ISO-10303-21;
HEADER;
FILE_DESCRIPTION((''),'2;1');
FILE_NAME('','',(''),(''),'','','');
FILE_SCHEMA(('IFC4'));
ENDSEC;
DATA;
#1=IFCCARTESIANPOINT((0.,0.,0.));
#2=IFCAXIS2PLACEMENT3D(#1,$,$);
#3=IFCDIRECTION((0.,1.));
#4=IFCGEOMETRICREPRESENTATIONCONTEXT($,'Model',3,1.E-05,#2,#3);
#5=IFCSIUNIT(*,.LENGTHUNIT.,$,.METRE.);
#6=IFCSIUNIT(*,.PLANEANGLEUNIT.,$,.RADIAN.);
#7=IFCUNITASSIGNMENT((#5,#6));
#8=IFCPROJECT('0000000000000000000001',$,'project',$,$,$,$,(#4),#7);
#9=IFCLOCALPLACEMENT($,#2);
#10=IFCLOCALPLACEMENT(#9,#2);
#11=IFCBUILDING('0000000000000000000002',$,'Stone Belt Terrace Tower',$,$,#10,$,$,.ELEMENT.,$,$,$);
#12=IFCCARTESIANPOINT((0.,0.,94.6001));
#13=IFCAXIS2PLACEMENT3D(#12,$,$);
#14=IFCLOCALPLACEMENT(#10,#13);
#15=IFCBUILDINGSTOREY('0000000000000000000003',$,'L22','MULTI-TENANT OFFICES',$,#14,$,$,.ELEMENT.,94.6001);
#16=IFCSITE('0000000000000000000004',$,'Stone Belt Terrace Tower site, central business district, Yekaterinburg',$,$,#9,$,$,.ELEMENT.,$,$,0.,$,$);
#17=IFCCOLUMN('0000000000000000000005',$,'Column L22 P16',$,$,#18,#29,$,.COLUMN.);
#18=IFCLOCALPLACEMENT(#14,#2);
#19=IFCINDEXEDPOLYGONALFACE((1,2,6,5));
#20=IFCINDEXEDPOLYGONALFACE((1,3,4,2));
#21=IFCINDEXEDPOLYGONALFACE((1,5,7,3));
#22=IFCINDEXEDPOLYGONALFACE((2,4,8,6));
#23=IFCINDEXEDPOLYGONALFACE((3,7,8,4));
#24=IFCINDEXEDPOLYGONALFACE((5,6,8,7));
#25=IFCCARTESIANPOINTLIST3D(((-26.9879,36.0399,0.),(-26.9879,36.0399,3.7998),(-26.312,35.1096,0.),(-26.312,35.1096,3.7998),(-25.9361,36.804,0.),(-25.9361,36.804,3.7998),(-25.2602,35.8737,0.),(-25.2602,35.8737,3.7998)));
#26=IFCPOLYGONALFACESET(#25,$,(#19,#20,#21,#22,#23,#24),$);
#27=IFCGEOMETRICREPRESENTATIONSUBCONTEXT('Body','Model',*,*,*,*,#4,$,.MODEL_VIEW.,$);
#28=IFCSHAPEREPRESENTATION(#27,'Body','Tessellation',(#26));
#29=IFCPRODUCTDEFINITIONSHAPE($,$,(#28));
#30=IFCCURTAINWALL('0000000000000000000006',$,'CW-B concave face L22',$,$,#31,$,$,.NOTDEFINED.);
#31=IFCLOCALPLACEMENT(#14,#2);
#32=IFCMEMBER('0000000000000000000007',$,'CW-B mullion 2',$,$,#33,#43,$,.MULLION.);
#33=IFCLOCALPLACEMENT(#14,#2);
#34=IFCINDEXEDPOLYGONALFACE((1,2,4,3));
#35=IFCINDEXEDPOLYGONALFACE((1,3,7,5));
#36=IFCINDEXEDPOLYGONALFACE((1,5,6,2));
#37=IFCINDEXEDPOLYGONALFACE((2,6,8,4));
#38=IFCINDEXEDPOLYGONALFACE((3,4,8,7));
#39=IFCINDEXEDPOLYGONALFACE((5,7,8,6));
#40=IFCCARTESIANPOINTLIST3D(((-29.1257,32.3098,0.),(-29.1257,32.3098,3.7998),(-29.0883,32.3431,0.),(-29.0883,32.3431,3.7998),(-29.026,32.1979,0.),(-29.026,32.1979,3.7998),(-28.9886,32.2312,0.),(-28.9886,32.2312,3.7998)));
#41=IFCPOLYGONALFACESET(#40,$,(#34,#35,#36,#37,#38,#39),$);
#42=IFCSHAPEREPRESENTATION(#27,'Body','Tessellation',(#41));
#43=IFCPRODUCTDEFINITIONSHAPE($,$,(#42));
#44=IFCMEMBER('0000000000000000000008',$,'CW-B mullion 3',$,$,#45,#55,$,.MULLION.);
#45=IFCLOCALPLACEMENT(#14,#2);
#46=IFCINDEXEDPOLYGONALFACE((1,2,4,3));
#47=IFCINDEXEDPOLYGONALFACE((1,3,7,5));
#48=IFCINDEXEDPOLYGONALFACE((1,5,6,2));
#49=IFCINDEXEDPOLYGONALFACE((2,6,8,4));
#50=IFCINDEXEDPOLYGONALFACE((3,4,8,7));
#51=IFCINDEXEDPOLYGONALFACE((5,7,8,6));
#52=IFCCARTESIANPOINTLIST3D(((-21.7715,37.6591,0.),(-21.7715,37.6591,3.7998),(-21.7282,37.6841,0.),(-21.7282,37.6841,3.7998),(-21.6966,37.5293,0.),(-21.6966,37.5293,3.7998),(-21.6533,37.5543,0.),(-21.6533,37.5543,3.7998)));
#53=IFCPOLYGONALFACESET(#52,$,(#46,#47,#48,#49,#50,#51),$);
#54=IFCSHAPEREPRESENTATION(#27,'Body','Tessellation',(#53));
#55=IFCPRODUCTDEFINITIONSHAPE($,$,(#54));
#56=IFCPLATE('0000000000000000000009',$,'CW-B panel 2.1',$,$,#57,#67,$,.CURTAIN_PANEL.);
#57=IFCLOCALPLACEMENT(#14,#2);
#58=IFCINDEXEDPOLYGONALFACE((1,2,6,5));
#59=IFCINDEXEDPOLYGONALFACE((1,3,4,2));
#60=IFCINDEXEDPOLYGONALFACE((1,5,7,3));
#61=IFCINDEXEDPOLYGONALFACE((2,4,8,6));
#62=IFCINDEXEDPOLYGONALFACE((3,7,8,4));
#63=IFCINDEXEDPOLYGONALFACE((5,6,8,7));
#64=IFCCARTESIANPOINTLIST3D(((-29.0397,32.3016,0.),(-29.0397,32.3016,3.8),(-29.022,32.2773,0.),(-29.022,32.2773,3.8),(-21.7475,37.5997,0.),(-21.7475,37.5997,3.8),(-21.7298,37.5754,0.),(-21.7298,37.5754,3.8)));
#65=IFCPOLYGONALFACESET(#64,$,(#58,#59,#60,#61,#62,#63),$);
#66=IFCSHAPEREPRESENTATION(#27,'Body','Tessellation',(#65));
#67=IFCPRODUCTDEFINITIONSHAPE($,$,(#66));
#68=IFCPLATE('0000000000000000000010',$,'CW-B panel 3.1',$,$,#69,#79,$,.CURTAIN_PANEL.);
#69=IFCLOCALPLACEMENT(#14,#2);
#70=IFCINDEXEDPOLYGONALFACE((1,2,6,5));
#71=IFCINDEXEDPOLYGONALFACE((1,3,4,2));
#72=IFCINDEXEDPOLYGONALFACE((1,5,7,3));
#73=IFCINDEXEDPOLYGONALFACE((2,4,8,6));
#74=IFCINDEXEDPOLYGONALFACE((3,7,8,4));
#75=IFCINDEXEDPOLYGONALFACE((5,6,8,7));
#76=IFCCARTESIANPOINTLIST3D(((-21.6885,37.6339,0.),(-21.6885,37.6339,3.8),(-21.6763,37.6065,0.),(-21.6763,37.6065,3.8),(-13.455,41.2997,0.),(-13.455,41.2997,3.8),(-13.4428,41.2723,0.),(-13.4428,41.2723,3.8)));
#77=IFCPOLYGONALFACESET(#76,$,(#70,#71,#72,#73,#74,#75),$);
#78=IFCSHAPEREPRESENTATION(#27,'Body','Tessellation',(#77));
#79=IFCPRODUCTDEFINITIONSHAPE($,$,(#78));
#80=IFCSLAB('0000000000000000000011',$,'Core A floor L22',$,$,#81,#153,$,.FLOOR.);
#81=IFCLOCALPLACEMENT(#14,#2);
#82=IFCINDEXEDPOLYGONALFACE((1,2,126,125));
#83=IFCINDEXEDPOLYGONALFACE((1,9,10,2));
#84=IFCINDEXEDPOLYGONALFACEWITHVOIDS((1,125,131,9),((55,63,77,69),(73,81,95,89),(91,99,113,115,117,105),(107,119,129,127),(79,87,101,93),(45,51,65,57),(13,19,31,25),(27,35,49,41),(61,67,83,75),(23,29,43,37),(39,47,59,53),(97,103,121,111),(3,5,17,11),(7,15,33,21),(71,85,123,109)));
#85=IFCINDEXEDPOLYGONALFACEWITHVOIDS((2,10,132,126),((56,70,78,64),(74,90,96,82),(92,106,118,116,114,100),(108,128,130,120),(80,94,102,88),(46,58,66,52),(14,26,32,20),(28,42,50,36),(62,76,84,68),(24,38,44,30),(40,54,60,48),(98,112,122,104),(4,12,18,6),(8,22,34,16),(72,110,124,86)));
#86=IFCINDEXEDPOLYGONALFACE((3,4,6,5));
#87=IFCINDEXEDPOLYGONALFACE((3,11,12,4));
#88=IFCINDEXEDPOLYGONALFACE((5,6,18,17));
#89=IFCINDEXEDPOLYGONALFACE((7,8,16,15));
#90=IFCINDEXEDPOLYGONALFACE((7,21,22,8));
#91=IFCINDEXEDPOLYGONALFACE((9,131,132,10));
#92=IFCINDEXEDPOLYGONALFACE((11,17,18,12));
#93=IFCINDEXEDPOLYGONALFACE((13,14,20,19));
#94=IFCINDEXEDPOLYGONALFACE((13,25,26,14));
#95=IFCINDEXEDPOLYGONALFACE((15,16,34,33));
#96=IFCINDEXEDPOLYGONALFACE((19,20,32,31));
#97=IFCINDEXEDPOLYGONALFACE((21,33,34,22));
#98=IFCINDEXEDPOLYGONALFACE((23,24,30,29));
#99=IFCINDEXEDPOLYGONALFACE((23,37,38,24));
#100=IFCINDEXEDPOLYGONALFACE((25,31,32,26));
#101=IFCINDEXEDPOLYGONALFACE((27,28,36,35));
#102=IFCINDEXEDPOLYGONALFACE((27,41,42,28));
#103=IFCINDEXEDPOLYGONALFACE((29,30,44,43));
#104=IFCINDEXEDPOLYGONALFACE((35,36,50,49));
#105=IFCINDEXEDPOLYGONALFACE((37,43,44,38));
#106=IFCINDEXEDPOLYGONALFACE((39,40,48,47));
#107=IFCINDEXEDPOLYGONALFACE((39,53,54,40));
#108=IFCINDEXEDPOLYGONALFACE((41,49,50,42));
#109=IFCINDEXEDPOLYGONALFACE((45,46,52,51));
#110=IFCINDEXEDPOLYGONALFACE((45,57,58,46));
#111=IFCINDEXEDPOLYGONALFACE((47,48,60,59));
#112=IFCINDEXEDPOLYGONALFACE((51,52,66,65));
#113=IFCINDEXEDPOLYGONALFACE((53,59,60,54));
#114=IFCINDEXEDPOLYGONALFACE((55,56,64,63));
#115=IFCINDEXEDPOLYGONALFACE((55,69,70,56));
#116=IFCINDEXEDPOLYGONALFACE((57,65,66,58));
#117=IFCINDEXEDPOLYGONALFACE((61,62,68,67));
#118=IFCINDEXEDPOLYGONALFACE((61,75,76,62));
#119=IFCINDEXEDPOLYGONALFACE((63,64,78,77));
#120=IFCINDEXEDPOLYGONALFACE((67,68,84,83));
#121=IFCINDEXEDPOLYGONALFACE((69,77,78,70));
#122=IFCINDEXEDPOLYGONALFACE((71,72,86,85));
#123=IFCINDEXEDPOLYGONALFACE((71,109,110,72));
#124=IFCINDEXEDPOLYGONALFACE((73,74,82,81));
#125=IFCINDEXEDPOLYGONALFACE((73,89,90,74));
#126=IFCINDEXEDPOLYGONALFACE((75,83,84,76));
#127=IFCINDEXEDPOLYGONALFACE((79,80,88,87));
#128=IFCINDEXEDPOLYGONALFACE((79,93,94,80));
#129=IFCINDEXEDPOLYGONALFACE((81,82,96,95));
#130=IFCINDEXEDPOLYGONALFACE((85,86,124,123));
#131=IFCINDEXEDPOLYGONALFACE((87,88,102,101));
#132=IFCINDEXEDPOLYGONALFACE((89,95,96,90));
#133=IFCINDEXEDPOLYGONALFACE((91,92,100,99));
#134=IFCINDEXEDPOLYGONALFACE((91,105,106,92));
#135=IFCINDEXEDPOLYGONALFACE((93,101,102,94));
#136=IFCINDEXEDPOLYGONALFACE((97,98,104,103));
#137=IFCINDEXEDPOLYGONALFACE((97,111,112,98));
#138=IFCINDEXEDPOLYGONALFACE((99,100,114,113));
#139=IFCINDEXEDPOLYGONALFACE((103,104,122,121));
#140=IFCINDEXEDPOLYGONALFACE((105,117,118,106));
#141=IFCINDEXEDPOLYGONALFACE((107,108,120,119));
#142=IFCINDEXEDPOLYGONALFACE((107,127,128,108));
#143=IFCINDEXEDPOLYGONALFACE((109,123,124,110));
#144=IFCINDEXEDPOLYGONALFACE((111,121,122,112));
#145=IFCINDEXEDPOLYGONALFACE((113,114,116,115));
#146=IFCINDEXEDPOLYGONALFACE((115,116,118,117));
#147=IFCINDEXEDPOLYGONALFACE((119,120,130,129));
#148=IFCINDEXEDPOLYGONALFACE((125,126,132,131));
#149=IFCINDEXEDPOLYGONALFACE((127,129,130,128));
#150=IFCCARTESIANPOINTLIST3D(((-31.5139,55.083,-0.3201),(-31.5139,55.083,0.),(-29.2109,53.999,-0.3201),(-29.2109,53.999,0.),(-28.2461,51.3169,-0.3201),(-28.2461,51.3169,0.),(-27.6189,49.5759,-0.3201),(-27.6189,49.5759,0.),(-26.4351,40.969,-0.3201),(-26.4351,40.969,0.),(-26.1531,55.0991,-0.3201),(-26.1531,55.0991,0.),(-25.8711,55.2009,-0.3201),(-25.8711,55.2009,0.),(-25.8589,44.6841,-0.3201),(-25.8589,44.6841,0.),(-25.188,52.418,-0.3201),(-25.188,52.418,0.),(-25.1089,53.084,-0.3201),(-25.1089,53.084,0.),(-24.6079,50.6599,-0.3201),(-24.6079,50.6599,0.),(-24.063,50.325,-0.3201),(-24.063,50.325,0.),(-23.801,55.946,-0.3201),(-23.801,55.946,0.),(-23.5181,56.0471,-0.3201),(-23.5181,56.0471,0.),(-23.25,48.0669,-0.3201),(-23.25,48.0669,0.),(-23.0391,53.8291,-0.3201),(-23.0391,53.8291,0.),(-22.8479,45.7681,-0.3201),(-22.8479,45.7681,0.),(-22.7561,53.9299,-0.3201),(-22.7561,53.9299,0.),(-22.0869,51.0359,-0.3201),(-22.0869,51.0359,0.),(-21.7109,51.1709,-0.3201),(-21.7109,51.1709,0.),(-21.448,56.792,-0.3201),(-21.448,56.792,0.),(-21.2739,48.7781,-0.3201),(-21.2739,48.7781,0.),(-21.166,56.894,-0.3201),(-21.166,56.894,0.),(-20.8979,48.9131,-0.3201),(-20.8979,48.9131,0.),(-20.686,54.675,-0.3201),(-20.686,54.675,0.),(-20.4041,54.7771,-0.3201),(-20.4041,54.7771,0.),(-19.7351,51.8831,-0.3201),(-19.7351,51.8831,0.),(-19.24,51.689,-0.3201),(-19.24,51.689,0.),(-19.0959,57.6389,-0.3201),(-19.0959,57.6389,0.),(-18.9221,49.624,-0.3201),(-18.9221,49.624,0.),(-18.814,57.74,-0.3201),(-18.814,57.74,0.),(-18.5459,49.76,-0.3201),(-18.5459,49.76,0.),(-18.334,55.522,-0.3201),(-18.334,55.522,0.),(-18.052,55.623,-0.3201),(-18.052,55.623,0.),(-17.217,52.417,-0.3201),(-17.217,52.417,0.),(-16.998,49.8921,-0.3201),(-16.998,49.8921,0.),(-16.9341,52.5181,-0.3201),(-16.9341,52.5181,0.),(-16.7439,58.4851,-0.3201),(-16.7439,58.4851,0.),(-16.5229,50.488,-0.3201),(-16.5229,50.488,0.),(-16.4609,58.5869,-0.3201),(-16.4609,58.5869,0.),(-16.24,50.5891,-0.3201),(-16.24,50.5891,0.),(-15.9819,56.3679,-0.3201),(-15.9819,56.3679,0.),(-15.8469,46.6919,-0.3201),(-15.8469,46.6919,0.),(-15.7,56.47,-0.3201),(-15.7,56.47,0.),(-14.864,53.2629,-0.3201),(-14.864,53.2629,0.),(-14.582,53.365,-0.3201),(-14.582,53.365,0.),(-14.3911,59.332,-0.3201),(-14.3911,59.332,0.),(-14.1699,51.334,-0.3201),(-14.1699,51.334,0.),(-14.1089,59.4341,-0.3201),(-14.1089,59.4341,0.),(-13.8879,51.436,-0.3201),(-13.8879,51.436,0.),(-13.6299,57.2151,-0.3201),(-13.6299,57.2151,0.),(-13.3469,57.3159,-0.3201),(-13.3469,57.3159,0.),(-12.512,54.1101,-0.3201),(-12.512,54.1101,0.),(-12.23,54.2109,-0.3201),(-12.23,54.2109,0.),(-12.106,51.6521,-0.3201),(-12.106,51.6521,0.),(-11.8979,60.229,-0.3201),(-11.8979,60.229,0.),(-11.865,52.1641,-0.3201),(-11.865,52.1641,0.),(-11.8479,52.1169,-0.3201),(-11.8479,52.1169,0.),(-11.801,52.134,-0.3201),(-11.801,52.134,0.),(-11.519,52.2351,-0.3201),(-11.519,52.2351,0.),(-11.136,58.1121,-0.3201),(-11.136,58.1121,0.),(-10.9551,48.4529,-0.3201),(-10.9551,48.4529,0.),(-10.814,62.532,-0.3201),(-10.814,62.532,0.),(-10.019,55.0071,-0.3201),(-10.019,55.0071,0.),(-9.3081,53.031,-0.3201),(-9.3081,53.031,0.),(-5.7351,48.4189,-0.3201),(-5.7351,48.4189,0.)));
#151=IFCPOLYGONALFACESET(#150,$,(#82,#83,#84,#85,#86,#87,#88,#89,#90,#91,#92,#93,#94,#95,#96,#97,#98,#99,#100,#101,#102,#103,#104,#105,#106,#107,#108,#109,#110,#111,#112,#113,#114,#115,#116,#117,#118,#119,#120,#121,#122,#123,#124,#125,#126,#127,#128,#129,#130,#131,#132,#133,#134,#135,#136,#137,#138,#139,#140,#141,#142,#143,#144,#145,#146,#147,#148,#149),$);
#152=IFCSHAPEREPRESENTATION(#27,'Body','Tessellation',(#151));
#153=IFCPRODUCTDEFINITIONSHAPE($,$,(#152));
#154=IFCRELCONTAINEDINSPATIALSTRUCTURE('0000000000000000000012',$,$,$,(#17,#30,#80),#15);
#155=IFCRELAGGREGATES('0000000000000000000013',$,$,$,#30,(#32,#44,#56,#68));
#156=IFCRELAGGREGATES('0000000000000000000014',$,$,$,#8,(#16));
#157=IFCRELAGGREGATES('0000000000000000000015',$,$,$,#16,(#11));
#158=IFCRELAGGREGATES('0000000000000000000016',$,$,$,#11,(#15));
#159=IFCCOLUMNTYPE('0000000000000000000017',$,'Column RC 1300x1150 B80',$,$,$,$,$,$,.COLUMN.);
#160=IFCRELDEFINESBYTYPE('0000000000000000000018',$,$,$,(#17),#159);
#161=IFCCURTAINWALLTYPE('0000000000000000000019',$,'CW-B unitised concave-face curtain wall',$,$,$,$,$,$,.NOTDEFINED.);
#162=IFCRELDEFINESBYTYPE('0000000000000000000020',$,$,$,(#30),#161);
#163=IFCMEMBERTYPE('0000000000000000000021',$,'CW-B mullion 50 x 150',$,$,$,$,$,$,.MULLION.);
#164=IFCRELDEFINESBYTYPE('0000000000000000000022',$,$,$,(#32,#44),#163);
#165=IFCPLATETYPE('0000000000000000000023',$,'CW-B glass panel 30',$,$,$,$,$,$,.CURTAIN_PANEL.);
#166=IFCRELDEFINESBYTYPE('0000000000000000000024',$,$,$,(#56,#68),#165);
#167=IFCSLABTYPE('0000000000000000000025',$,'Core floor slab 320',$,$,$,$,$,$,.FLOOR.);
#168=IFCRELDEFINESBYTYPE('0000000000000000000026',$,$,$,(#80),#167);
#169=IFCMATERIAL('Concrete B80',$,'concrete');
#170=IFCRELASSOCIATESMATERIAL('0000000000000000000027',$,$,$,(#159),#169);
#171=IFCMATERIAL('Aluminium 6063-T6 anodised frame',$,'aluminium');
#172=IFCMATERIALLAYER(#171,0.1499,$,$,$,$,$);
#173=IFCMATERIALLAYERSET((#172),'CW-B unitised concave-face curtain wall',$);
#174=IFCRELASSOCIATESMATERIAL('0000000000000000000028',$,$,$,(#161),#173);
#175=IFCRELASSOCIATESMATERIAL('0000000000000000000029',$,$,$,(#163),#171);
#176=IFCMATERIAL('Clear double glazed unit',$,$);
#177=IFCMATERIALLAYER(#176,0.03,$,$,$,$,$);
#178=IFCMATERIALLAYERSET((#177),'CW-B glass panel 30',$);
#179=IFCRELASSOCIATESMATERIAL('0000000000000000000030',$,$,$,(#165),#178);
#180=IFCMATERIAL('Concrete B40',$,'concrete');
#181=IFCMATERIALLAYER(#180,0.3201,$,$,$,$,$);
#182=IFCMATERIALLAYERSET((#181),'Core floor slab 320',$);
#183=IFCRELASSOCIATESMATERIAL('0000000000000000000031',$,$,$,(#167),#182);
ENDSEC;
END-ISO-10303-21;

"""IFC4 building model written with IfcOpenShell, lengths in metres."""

from ifc_helpers import new_model, si_unit, direction, frame, origin, origin_2d, place, context, subcontext, project, spatial, polyline, rectangle, outline, extrude, material, layer, layer_set, material_profile, profile_set, type_object, element, aggregate, save


model = new_model("IFC4")

# Units and contexts
model_context = context("Model", 3, precision=1e-05, world=origin(), true_north=direction((0.0, 1.0)))
body_context = subcontext(model_context, "Body", "Model", "MODEL_VIEW")
ifc_project = project(units=[si_unit("LENGTHUNIT", "METRE"), si_unit("PLANEANGLEUNIT", "RADIAN")], contexts=[model_context])

# Site, building, storey
site_placement = place(None, origin())
site = spatial("IfcSite", under=ifc_project, at=site_placement, Name="Stone Belt Terrace Tower site, central business district, Yekaterinburg", CompositionType="ELEMENT", RefElevation=0.0)
building_placement = place(site_placement, origin())
building = spatial("IfcBuilding", under=site, at=building_placement, Name="Stone Belt Terrace Tower", CompositionType="ELEMENT")
storey_placement = place(building_placement, frame((0.0, 0.0, 94.6001)))
storey = spatial("IfcBuildingStorey", under=building, at=storey_placement, Name="L22", Description="MULTI-TENANT OFFICES", CompositionType="ELEMENT", Elevation=94.6001)

# Column
ifc_material_1 = material(Name="Concrete B80", Category="concrete")
ifc_material_profile_1 = material_profile(ifc_material_1, rectangle(XDim=1.3, YDim=1.1499, at=origin_2d()), Name="RC 1300x1150")
ifc_profile_set_1 = profile_set([ifc_material_profile_1], Name="Concrete B80")
column_type = type_object("IfcColumnType", Name="Column RC 1300x1150 B80", PredefinedType="COLUMN", material=ifc_profile_set_1)
column_placement = place(storey_placement, frame((-26.124, 35.9568, 0.0), z_axis=(0.0, 0.0, 1.0), x_axis=(0.809017, 0.587785, 0.0)))
element("IfcColumn", 1, at=column_placement, inside=storey, type_object=column_type, Name="Column L22 P16", PredefinedType="COLUMN", context=body_context, shape_type="SweptSolid", body=[
    extrude(rectangle(XDim=1.3, YDim=1.1499, at=origin_2d()), origin(), (0.0, 0.0, 1.0), 3.7998),
])

# Curtain wall, members, plates
ifc_material_2 = material(Name="Aluminium 6063-T6 anodised frame", Category="aluminium")
ifc_layer_1 = layer(ifc_material_2, 0.1499)
ifc_layer_set_1 = layer_set([ifc_layer_1], Name="CW-B unitised concave-face curtain wall")
curtain_wall_type = type_object("IfcCurtainWallType", Name="CW-B unitised concave-face curtain wall", PredefinedType="NOTDEFINED", material=ifc_layer_set_1)
curtain_wall_placement = place(storey_placement, origin())
curtain_wall = element("IfcCurtainWall", 2, at=curtain_wall_placement, inside=storey, type_object=curtain_wall_type, Name="CW-B concave face L22", PredefinedType="NOTDEFINED")
ifc_material_profile_2 = material_profile(ifc_material_2, rectangle(XDim=0.1499, YDim=0.05, at=origin_2d()), Name="Aluminium 6063-T6 50x150")
ifc_profile_set_2 = profile_set([ifc_material_profile_2], Name="Aluminium 6063-T6 anodised frame")
member_type = type_object("IfcMemberType", Name="CW-B mullion 50 x 150", PredefinedType="MULLION", material=ifc_profile_set_2)
member_1_placement = place(storey_placement, frame((-29.0571, 32.2705, 0.0), z_axis=(0.0, 0.0, 1.0), x_axis=(-0.664944, 0.746893, 0.0)))
member_1 = element("IfcMember", 3, at=member_1_placement, type_object=member_type, Name="CW-B mullion 2", PredefinedType="MULLION", context=body_context, shape_type="SweptSolid", body=[
    extrude(rectangle(XDim=0.1499, YDim=0.05, at=origin_2d()), origin(), (0.0, 0.0, 1.0), 3.7998),
])
member_2_placement = place(storey_placement, frame((-21.7124, 37.6067, 0.0), z_axis=(0.0, 0.0, 1.0), x_axis=(-0.5, 0.866025, 0.0)))
member_2 = element("IfcMember", 4, at=member_2_placement, type_object=member_type, Name="CW-B mullion 3", PredefinedType="MULLION", context=body_context, shape_type="SweptSolid", body=[
    extrude(rectangle(XDim=0.1499, YDim=0.05, at=origin_2d()), origin(), (0.0, 0.0, 1.0), 3.7998),
])
ifc_material_3 = material(Name="Clear double glazed unit")
ifc_layer_2 = layer(ifc_material_3, 0.03)
ifc_layer_set_2 = layer_set([ifc_layer_2], Name="CW-B glass panel 30")
plate_type = type_object("IfcPlateType", Name="CW-B glass panel 30", PredefinedType="CURTAIN_PANEL", material=ifc_layer_set_2)
plate_1_placement = place(storey_placement, frame((-25.3848, 34.9385, 0.0), z_axis=(0.0, 0.0, 1.0), x_axis=(0.809017, 0.587785, 0.0)))
plate_1 = element("IfcPlate", 5, at=plate_1_placement, type_object=plate_type, Name="CW-B panel 2.1", PredefinedType="CURTAIN_PANEL", context=body_context, shape_type="SweptSolid", body=[
    extrude(rectangle(XDim=9.0137, YDim=0.03, at=origin_2d()), origin(), (0.0, 0.0, 1.0), 3.8),
])
plate_2_placement = place(storey_placement, frame((-17.5657, 39.4531, 0.0), z_axis=(0.0, 0.0, 1.0), x_axis=(0.913545, 0.406737, 0.0)))
plate_2 = element("IfcPlate", 6, at=plate_2_placement, type_object=plate_type, Name="CW-B panel 3.1", PredefinedType="CURTAIN_PANEL", context=body_context, shape_type="SweptSolid", body=[
    extrude(rectangle(XDim=9.0127, YDim=0.03, at=origin_2d()), origin(), (0.0, 0.0, 1.0), 3.8),
])
aggregate(curtain_wall, [member_1, member_2, plate_1, plate_2])

# Slab
ifc_material_4 = material(Name="Concrete B40", Category="concrete")
ifc_layer_3 = layer(ifc_material_4, 0.3201)
ifc_layer_set_3 = layer_set([ifc_layer_3], Name="Core floor slab 320")
slab_type_1 = type_object("IfcSlabType", Name="Core floor slab 320", PredefinedType="FLOOR", material=ifc_layer_set_3)
slab_1_placement = place(storey_placement, frame((0.0, 0.0, -0.3201)))
element("IfcSlab", 7, at=slab_1_placement, inside=storey, type_object=slab_type_1, Name="Core A floor L22", PredefinedType="FLOOR", context=body_context, shape_type="SweptSolid", body=[
    extrude(outline(polyline([(-26.4351, 40.969), (-5.7351, 48.4189), (-10.814, 62.532), (-31.5139, 55.083), (-26.4351, 40.969)]), holes=[polyline([(-24.6079, 50.6599), (-22.8479, 45.7681), (-25.8589, 44.6841), (-27.6189, 49.5759), (-24.6079, 50.6599)]), polyline([(-21.2739, 48.7781), (-23.25, 48.0669), (-24.063, 50.325), (-22.0869, 51.0359), (-21.2739, 48.7781)]), polyline([(-18.9221, 49.624), (-20.8979, 48.9131), (-21.7109, 51.1709), (-19.7351, 51.8831), (-18.9221, 49.624)]), polyline([(-19.24, 51.689), (-17.217, 52.417), (-16.5229, 50.488), (-18.5459, 49.76), (-19.24, 51.689)]), polyline([(-29.2109, 53.999), (-26.1531, 55.0991), (-25.188, 52.418), (-28.2461, 51.3169), (-29.2109, 53.999)]), polyline([(-23.801, 55.946), (-23.0391, 53.8291), (-25.1089, 53.084), (-25.8711, 55.2009), (-23.801, 55.946)]), polyline([(-21.448, 56.792), (-20.686, 54.675), (-22.7561, 53.9299), (-23.5181, 56.0471), (-21.448, 56.792)]), polyline([(-19.0959, 57.6389), (-18.334, 55.522), (-20.4041, 54.7771), (-21.166, 56.894), (-19.0959, 57.6389)]), polyline([(-15.8469, 46.6919), (-16.998, 49.8921), (-12.106, 51.6521), (-10.9551, 48.4529), (-15.8469, 46.6919)]), polyline([(-16.24, 50.5891), (-16.9341, 52.5181), (-14.864, 53.2629), (-14.1699, 51.334), (-16.24, 50.5891)]), polyline([(-11.801, 52.134), (-11.8479, 52.1169), (-11.865, 52.1641), (-13.8879, 51.436), (-14.582, 53.365), (-12.512, 54.1101), (-11.801, 52.134)]), polyline([(-9.3081, 53.031), (-11.519, 52.2351), (-12.23, 54.2109), (-10.019, 55.0071), (-9.3081, 53.031)]), polyline([(-16.7439, 58.4851), (-15.9819, 56.3679), (-18.052, 55.623), (-18.814, 57.74), (-16.7439, 58.4851)]), polyline([(-14.3911, 59.332), (-13.6299, 57.2151), (-15.7, 56.47), (-16.4609, 58.5869), (-14.3911, 59.332)]), polyline([(-11.8979, 60.229), (-11.136, 58.1121), (-13.3469, 57.3159), (-14.1089, 59.4341), (-11.8979, 60.229)])]), origin(), (0.0, 0.0, 1.0), 0.3201),
])

save(model, "model.ifc")
